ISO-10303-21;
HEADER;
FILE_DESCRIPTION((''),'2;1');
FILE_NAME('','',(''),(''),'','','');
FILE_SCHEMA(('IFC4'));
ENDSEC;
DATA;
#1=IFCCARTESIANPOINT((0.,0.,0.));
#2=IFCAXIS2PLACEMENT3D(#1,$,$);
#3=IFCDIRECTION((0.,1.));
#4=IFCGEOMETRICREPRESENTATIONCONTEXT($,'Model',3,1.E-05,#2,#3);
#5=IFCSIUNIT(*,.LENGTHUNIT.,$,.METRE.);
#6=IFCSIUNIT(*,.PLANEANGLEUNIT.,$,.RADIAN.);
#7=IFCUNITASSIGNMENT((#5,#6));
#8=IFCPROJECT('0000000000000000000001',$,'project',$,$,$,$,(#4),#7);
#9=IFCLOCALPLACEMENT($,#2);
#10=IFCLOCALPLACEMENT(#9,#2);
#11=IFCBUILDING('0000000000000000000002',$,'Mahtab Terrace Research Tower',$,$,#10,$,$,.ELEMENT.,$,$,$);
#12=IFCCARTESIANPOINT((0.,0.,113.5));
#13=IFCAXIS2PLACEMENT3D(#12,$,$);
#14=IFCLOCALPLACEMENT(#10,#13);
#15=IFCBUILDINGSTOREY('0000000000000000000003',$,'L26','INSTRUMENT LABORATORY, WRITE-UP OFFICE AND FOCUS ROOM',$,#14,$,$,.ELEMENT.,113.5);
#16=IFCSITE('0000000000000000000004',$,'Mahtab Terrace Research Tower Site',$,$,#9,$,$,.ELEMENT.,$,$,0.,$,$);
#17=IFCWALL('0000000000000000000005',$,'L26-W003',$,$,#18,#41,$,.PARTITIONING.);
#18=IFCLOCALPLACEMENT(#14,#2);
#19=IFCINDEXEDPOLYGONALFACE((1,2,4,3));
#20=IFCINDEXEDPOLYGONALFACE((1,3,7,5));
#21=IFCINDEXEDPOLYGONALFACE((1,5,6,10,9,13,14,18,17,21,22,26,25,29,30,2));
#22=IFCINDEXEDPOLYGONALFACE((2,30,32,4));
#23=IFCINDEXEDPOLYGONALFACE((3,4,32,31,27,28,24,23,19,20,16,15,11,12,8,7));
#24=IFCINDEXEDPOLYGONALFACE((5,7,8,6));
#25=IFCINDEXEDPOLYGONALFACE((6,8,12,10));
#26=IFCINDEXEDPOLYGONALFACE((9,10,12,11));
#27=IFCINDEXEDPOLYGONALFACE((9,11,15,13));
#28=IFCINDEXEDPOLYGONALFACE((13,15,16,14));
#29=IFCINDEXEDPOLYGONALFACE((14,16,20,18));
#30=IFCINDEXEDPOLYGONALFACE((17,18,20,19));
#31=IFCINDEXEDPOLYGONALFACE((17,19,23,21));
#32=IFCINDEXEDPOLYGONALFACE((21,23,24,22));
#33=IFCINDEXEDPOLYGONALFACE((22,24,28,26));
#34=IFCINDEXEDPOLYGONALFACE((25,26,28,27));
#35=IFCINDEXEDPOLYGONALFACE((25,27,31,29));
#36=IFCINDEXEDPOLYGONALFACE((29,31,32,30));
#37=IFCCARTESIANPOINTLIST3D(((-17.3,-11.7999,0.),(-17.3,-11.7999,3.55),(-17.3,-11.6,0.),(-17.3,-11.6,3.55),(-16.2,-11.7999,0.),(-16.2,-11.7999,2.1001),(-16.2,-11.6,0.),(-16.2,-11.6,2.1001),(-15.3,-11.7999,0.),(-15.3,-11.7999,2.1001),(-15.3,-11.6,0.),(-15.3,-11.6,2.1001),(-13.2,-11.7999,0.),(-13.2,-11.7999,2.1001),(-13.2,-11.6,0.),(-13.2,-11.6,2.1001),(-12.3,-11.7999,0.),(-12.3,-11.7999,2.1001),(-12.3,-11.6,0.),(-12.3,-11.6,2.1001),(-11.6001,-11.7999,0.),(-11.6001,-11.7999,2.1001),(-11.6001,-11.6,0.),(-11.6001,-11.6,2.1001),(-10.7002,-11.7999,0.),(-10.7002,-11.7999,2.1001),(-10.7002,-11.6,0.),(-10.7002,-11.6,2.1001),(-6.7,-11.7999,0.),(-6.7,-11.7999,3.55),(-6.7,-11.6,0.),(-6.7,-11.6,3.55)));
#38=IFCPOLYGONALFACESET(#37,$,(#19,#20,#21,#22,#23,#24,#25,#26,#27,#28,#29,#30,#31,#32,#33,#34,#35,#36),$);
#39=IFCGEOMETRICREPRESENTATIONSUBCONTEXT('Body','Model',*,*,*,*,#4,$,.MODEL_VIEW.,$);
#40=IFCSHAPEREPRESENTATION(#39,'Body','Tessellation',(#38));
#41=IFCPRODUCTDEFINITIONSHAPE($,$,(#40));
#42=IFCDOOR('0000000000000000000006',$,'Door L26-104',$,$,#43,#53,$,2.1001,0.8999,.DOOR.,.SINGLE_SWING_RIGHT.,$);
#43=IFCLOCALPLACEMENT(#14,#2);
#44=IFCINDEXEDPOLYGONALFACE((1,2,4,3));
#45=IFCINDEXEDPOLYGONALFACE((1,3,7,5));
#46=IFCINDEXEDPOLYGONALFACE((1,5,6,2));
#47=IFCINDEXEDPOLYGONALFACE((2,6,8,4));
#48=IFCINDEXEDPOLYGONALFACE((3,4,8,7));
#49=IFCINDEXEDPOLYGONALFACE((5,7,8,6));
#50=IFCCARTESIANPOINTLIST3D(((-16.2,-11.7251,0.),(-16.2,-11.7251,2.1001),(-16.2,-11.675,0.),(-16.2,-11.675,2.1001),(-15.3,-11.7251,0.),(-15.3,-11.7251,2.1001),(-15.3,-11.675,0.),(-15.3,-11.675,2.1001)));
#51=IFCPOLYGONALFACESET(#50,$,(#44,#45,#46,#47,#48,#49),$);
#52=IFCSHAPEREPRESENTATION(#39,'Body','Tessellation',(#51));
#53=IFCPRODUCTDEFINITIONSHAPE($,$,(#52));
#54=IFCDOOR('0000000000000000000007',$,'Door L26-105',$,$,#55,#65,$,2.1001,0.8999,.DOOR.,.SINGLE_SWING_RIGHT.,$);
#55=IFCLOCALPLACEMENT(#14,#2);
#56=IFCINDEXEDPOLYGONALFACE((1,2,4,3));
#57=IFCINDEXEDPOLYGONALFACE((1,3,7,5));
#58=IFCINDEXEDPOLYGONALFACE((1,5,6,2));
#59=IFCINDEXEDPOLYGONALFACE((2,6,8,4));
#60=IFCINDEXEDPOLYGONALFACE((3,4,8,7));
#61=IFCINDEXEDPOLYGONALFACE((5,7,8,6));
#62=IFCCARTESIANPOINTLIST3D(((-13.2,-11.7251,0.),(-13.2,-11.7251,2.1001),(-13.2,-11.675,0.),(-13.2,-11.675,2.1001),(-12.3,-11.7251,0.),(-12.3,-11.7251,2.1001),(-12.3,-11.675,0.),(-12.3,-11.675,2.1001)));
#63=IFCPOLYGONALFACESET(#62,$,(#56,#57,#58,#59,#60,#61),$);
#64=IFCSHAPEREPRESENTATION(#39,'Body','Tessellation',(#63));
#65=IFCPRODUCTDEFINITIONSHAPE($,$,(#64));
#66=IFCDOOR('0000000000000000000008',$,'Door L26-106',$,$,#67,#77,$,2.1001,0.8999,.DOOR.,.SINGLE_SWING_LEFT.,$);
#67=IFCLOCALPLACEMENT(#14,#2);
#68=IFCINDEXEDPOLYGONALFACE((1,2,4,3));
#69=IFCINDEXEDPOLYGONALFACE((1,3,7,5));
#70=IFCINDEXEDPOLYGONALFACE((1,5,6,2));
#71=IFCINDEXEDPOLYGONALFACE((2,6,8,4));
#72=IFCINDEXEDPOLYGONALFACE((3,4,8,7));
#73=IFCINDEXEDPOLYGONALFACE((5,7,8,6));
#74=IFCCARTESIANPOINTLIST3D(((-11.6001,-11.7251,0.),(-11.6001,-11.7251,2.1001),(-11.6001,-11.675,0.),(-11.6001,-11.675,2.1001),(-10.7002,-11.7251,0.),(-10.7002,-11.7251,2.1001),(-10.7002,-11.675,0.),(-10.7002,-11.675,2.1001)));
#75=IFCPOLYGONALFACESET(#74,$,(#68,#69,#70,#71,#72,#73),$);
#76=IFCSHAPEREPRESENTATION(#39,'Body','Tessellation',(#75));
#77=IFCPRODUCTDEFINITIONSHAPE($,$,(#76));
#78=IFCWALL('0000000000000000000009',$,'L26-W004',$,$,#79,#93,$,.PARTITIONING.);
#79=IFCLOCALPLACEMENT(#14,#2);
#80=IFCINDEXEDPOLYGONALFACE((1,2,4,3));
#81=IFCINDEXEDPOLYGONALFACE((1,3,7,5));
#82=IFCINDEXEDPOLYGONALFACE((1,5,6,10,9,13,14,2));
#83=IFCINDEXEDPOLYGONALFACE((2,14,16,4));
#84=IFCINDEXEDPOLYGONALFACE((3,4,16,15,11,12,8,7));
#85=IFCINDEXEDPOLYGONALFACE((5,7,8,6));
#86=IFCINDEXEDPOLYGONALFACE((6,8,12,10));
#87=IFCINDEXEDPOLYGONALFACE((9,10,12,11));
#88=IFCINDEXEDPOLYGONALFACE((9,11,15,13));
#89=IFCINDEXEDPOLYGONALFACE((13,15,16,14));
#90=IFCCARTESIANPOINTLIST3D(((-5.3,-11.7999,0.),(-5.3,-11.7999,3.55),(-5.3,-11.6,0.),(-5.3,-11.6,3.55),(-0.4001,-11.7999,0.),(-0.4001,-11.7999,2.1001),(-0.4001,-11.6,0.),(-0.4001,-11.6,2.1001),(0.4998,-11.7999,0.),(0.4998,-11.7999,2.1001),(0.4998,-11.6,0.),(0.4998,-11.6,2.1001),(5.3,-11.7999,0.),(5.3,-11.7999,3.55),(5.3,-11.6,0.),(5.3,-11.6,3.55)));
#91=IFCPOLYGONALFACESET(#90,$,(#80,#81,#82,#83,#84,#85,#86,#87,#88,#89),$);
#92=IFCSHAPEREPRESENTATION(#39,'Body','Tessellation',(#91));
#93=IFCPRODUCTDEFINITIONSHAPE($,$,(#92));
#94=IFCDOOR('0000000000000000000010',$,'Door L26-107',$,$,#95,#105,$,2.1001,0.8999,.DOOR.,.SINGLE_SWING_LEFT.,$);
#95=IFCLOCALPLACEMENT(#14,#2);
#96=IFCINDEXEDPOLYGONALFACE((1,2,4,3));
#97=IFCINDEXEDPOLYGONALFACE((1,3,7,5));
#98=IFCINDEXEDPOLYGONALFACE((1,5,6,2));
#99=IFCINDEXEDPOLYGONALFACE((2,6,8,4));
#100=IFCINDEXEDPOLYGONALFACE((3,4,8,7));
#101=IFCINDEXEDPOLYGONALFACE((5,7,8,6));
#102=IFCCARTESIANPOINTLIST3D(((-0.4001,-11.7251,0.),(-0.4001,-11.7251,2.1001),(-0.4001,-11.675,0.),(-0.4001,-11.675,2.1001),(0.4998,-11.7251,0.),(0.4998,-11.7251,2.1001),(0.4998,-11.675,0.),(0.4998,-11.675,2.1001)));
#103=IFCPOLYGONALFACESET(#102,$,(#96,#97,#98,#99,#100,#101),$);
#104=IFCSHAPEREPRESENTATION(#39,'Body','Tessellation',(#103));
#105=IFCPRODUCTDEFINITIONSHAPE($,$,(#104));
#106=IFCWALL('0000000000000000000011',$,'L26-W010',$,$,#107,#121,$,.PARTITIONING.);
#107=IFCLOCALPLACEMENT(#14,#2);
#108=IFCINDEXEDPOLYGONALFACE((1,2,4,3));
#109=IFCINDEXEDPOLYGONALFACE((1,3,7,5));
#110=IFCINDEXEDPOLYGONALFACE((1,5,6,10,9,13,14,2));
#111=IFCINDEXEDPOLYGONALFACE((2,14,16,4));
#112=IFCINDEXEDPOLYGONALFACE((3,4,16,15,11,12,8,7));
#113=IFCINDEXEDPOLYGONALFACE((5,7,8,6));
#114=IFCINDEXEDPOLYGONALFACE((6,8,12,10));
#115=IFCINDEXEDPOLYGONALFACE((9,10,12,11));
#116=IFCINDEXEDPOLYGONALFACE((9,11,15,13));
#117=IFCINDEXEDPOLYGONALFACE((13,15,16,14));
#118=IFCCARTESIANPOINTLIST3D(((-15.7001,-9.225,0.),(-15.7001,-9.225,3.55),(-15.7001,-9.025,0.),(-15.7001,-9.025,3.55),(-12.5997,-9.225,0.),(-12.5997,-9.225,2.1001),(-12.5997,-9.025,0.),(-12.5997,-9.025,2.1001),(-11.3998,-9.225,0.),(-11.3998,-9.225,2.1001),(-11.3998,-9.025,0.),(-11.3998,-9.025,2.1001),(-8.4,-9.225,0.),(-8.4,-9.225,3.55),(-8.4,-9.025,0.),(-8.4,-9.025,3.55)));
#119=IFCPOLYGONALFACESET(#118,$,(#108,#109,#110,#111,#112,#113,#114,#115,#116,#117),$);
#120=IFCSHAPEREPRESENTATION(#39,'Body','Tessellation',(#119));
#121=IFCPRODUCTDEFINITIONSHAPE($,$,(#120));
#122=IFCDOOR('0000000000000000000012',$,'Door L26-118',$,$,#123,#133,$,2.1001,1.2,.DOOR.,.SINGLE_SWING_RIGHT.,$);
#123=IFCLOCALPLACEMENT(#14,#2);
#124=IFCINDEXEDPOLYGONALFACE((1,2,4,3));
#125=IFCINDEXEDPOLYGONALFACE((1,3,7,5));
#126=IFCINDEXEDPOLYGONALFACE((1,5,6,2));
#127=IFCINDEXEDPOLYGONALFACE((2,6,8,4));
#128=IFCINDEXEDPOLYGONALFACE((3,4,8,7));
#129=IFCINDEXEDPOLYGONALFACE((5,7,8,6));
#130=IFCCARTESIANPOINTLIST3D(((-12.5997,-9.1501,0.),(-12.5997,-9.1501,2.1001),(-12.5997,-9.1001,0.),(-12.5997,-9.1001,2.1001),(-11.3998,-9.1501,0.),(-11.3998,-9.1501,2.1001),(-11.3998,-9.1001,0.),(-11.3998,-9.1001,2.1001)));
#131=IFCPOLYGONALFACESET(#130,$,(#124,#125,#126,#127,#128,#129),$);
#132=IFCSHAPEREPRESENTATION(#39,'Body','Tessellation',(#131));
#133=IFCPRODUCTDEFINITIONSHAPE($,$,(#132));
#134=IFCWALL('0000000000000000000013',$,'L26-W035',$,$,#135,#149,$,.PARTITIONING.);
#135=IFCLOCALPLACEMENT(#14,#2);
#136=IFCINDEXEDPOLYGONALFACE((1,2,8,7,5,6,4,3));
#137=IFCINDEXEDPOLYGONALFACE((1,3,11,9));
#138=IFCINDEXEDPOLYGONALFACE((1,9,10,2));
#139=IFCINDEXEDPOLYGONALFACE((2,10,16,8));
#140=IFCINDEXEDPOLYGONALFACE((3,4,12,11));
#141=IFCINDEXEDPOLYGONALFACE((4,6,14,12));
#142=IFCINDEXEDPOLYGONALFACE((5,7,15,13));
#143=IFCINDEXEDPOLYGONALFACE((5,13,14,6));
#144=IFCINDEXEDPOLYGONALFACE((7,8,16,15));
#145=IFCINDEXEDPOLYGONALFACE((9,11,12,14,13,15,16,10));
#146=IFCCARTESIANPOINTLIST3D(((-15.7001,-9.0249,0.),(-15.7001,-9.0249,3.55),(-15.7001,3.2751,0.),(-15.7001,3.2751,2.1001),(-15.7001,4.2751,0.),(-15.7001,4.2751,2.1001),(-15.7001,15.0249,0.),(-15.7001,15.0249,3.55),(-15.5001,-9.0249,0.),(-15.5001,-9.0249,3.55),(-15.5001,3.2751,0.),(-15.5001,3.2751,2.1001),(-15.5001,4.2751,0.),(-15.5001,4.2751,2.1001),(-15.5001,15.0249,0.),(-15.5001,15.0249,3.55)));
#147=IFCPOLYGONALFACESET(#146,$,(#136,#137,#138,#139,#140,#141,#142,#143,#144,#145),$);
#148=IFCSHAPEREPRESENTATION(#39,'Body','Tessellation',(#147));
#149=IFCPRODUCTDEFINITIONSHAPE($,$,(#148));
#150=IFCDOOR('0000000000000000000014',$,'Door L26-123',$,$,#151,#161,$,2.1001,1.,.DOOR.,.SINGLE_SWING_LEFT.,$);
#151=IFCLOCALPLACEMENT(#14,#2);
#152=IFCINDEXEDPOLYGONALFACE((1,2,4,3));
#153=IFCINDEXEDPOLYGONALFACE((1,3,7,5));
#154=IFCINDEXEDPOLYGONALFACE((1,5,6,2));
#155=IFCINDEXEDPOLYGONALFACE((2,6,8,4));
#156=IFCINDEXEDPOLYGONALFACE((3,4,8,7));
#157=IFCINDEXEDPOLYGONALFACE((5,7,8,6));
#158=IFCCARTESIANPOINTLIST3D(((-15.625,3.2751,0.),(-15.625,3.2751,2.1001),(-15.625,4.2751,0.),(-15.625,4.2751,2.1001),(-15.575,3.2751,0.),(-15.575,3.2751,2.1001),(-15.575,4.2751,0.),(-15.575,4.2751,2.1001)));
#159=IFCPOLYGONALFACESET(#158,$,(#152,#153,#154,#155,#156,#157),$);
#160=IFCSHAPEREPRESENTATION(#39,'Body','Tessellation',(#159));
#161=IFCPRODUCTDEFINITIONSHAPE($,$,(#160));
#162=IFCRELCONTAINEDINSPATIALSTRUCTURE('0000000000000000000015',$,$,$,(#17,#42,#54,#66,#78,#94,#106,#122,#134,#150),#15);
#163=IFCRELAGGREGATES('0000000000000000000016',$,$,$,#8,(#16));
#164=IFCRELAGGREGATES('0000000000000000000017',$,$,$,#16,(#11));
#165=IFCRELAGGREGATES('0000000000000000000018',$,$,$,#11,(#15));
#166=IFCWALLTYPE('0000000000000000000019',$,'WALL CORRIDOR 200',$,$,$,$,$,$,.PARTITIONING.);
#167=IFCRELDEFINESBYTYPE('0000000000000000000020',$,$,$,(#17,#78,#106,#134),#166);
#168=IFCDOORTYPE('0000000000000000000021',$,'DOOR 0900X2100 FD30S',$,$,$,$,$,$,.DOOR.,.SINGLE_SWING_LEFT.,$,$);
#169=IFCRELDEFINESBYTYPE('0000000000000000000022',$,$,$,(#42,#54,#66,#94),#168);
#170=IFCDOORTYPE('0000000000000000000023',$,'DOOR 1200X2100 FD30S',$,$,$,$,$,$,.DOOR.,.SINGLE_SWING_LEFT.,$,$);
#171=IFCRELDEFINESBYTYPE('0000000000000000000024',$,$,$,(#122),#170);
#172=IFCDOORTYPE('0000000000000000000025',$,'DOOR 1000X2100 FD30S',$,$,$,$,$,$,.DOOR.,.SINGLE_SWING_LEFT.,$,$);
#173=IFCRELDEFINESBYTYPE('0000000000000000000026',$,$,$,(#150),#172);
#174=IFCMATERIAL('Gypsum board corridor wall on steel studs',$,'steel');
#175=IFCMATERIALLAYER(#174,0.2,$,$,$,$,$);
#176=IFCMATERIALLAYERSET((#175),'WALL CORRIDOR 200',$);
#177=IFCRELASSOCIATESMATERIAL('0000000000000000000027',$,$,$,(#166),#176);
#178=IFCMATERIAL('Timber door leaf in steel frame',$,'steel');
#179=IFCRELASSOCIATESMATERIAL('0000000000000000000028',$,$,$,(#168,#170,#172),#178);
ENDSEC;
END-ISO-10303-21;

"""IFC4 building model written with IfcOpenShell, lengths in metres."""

from ifc_helpers import new_model, si_unit, direction, frame, frame_2d, origin, place, context, subcontext, project, spatial, rectangle, extrude, material, layer, layer_set, type_object, element, fill, save


model = new_model("IFC4")

# Units and contexts
model_context = context("Model", 3, precision=1e-05, world=origin(), true_north=direction((0.0, 1.0)))
body_context = subcontext(model_context, "Body", "Model", "MODEL_VIEW")
ifc_project = project(units=[si_unit("LENGTHUNIT", "METRE"), si_unit("PLANEANGLEUNIT", "RADIAN")], contexts=[model_context])

# Site, building, storey
site_placement = place(None, origin())
site = spatial("IfcSite", under=ifc_project, at=site_placement, Name="Mahtab Terrace Research Tower Site", CompositionType="ELEMENT", RefElevation=0.0)
building_placement = place(site_placement, origin())
building = spatial("IfcBuilding", under=site, at=building_placement, Name="Mahtab Terrace Research Tower", CompositionType="ELEMENT")
storey_placement = place(building_placement, frame((0.0, 0.0, 113.5)))
storey = spatial("IfcBuildingStorey", under=building, at=storey_placement, Name="L26", Description="INSTRUMENT LABORATORY, WRITE-UP OFFICE AND FOCUS ROOM", CompositionType="ELEMENT", Elevation=113.5)

# Wall, openings, doors
ifc_material_1 = material(Name="Gypsum board corridor wall on steel studs", Category="steel")
ifc_layer_1 = layer(ifc_material_1, 0.2)
ifc_layer_set_1 = layer_set([ifc_layer_1], Name="WALL CORRIDOR 200")
wall_type_1 = type_object("IfcWallType", Name="WALL CORRIDOR 200", PredefinedType="PARTITIONING", material=ifc_layer_set_1)
wall_1_placement = place(storey_placement, frame((-17.3, -11.7, 0.0), z_axis=(0.0, 0.0, 1.0), x_axis=(1.0, 0.0, 0.0)))
wall_1 = element("IfcWall", 1, at=wall_1_placement, inside=storey, type_object=wall_type_1, Name="L26-W003", PredefinedType="PARTITIONING", context=body_context, shape_type="SweptSolid", body=[
    extrude(rectangle(XDim=10.6001, YDim=0.2, at=frame_2d((5.3, 0.0))), origin(), (0.0, 0.0, 1.0), 3.55),
])
opening_1_placement = place(wall_1_placement, frame((1.1001, 0.0, 0.0)))
opening_1 = element("IfcOpeningElement", 2, at=opening_1_placement, cuts=wall_1, PredefinedType="OPENING", context=body_context, shape_type="SweptSolid", body=[
    extrude(rectangle(XDim=0.8999, YDim=2.1001, at=frame_2d((0.45, 1.05))), frame((0.0, 0.1099, 0.0), z_axis=(0.0, -1.0, 0.0), x_axis=(1.0, 0.0, 0.0)), (0.0, 0.0, 1.0), 0.22),
])
opening_2_placement = place(wall_1_placement, frame((4.1001, 0.0, 0.0)))
opening_2 = element("IfcOpeningElement", 3, at=opening_2_placement, cuts=wall_1, PredefinedType="OPENING", context=body_context, shape_type="SweptSolid", body=[
    extrude(rectangle(XDim=0.8999, YDim=2.1001, at=frame_2d((0.45, 1.05))), frame((0.0, 0.1099, 0.0), z_axis=(0.0, -1.0, 0.0), x_axis=(1.0, 0.0, 0.0)), (0.0, 0.0, 1.0), 0.22),
])
opening_3_placement = place(wall_1_placement, frame((5.7, 0.0, 0.0)))
opening_3 = element("IfcOpeningElement", 4, at=opening_3_placement, cuts=wall_1, PredefinedType="OPENING", context=body_context, shape_type="SweptSolid", body=[
    extrude(rectangle(XDim=0.8999, YDim=2.1001, at=frame_2d((0.45, 1.05))), frame((0.0, 0.1099, 0.0), z_axis=(0.0, -1.0, 0.0), x_axis=(1.0, 0.0, 0.0)), (0.0, 0.0, 1.0), 0.22),
])
ifc_material_2 = material(Name="Timber door leaf in steel frame", Category="steel")
door_type_1 = type_object("IfcDoorType", Name="DOOR 0900X2100 FD30S", OperationType="SINGLE_SWING_LEFT", PredefinedType="DOOR", material=ifc_material_2)
door_1_placement = place(opening_1_placement, origin())
door_1 = element("IfcDoor", 5, at=door_1_placement, inside=storey, type_object=door_type_1, Name="Door L26-104", OperationType="SINGLE_SWING_RIGHT", OverallHeight=2.1001, OverallWidth=0.8999, PredefinedType="DOOR", context=body_context, shape_type="SweptSolid", body=[
    extrude(rectangle(XDim=0.8999, YDim=2.1001, at=frame_2d((0.45, 1.05))), frame((0.0, 0.0249, 0.0), z_axis=(0.0, -1.0, 0.0), x_axis=(1.0, 0.0, 0.0)), (0.0, 0.0, 1.0), 0.05),
])
fill(opening_1, door_1)
door_2_placement = place(opening_2_placement, origin())
door_2 = element("IfcDoor", 6, at=door_2_placement, inside=storey, type_object=door_type_1, Name="Door L26-105", OperationType="SINGLE_SWING_RIGHT", OverallHeight=2.1001, OverallWidth=0.8999, PredefinedType="DOOR", context=body_context, shape_type="SweptSolid", body=[
    extrude(rectangle(XDim=0.8999, YDim=2.1001, at=frame_2d((0.45, 1.05))), frame((0.0, 0.0249, 0.0), z_axis=(0.0, -1.0, 0.0), x_axis=(1.0, 0.0, 0.0)), (0.0, 0.0, 1.0), 0.05),
])
fill(opening_2, door_2)
door_3_placement = place(opening_3_placement, origin())
door_3 = element("IfcDoor", 7, at=door_3_placement, inside=storey, type_object=door_type_1, Name="Door L26-106", OperationType="SINGLE_SWING_LEFT", OverallHeight=2.1001, OverallWidth=0.8999, PredefinedType="DOOR", context=body_context, shape_type="SweptSolid", body=[
    extrude(rectangle(XDim=0.8999, YDim=2.1001, at=frame_2d((0.45, 1.05))), frame((0.0, 0.0249, 0.0), z_axis=(0.0, -1.0, 0.0), x_axis=(1.0, 0.0, 0.0)), (0.0, 0.0, 1.0), 0.05),
])
fill(opening_3, door_3)

# Walls, openings, doors
wall_2_placement = place(storey_placement, frame((-5.3, -11.7, 0.0), z_axis=(0.0, 0.0, 1.0), x_axis=(1.0, 0.0, 0.0)))
wall_2 = element("IfcWall", 8, at=wall_2_placement, inside=storey, type_object=wall_type_1, Name="L26-W004", PredefinedType="PARTITIONING", context=body_context, shape_type="SweptSolid", body=[
    extrude(rectangle(XDim=10.6001, YDim=0.2, at=frame_2d((5.3, 0.0))), origin(), (0.0, 0.0, 1.0), 3.55),
])
opening_4_placement = place(wall_2_placement, frame((4.8999, 0.0, 0.0)))
opening_4 = element("IfcOpeningElement", 9, at=opening_4_placement, cuts=wall_2, PredefinedType="OPENING", context=body_context, shape_type="SweptSolid", body=[
    extrude(rectangle(XDim=0.8999, YDim=2.1001, at=frame_2d((0.45, 1.05))), frame((0.0, 0.1099, 0.0), z_axis=(0.0, -1.0, 0.0), x_axis=(1.0, 0.0, 0.0)), (0.0, 0.0, 1.0), 0.22),
])
door_4_placement = place(opening_4_placement, origin())
door_4 = element("IfcDoor", 10, at=door_4_placement, inside=storey, type_object=door_type_1, Name="Door L26-107", OperationType="SINGLE_SWING_LEFT", OverallHeight=2.1001, OverallWidth=0.8999, PredefinedType="DOOR", context=body_context, shape_type="SweptSolid", body=[
    extrude(rectangle(XDim=0.8999, YDim=2.1001, at=frame_2d((0.45, 1.05))), frame((0.0, 0.0249, 0.0), z_axis=(0.0, -1.0, 0.0), x_axis=(1.0, 0.0, 0.0)), (0.0, 0.0, 1.0), 0.05),
])
fill(opening_4, door_4)
wall_3_placement = place(storey_placement, frame((-15.7, -9.125, 0.0), z_axis=(0.0, 0.0, 1.0), x_axis=(1.0, 0.0, 0.0)))
wall_3 = element("IfcWall", 11, at=wall_3_placement, inside=storey, type_object=wall_type_1, Name="L26-W010", PredefinedType="PARTITIONING", context=body_context, shape_type="SweptSolid", body=[
    extrude(rectangle(XDim=7.3, YDim=0.2, at=frame_2d((3.6499, 0.0))), origin(), (0.0, 0.0, 1.0), 3.55),
])
opening_5_placement = place(wall_3_placement, frame((3.1001, 0.0, 0.0)))
opening_5 = element("IfcOpeningElement", 12, at=opening_5_placement, cuts=wall_3, PredefinedType="OPENING", context=body_context, shape_type="SweptSolid", body=[
    extrude(rectangle(XDim=1.2, YDim=2.1001, at=frame_2d((0.6001, 1.05))), frame((0.0, 0.1099, 0.0), z_axis=(0.0, -1.0, 0.0), x_axis=(1.0, 0.0, 0.0)), (0.0, 0.0, 1.0), 0.22),
])
door_type_2 = type_object("IfcDoorType", Name="DOOR 1200X2100 FD30S", OperationType="SINGLE_SWING_LEFT", PredefinedType="DOOR", material=ifc_material_2)
door_5_placement = place(opening_5_placement, origin())
door_5 = element("IfcDoor", 13, at=door_5_placement, inside=storey, type_object=door_type_2, Name="Door L26-118", OperationType="SINGLE_SWING_RIGHT", OverallHeight=2.1001, OverallWidth=1.2, PredefinedType="DOOR", context=body_context, shape_type="SweptSolid", body=[
    extrude(rectangle(XDim=1.2, YDim=2.1001, at=frame_2d((0.6001, 1.05))), frame((0.0, 0.0249, 0.0), z_axis=(0.0, -1.0, 0.0), x_axis=(1.0, 0.0, 0.0)), (0.0, 0.0, 1.0), 0.05),
])
fill(opening_5, door_5)
wall_4_placement = place(storey_placement, frame((-15.6001, -9.0249, 0.0), z_axis=(0.0, 0.0, 1.0), x_axis=(0.0, 1.0, 0.0)))
wall_4 = element("IfcWall", 14, at=wall_4_placement, inside=storey, type_object=wall_type_1, Name="L26-W035", PredefinedType="PARTITIONING", context=body_context, shape_type="SweptSolid", body=[
    extrude(rectangle(XDim=24.0498, YDim=0.2, at=frame_2d((12.0249, 0.0))), origin(), (0.0, 0.0, 1.0), 3.55),
])
opening_6_placement = place(wall_4_placement, frame((12.3, 0.0, 0.0)))
opening_6 = element("IfcOpeningElement", 15, at=opening_6_placement, cuts=wall_4, PredefinedType="OPENING", context=body_context, shape_type="SweptSolid", body=[
    extrude(rectangle(XDim=1.0, YDim=2.1001, at=frame_2d((0.5, 1.05))), frame((0.0, 0.1099, 0.0), z_axis=(0.0, -1.0, 0.0), x_axis=(1.0, 0.0, 0.0)), (0.0, 0.0, 1.0), 0.22),
])
door_type_3 = type_object("IfcDoorType", Name="DOOR 1000X2100 FD30S", OperationType="SINGLE_SWING_LEFT", PredefinedType="DOOR", material=ifc_material_2)
door_6_placement = place(opening_6_placement, origin())
door_6 = element("IfcDoor", 16, at=door_6_placement, inside=storey, type_object=door_type_3, Name="Door L26-123", OperationType="SINGLE_SWING_LEFT", OverallHeight=2.1001, OverallWidth=1.0, PredefinedType="DOOR", context=body_context, shape_type="SweptSolid", body=[
    extrude(rectangle(XDim=1.0, YDim=2.1001, at=frame_2d((0.5, 1.05))), frame((0.0, 0.0249, 0.0), z_axis=(0.0, -1.0, 0.0), x_axis=(1.0, 0.0, 0.0)), (0.0, 0.0, 1.0), 0.05),
])
fill(opening_6, door_6)

save(model, "model.ifc")
